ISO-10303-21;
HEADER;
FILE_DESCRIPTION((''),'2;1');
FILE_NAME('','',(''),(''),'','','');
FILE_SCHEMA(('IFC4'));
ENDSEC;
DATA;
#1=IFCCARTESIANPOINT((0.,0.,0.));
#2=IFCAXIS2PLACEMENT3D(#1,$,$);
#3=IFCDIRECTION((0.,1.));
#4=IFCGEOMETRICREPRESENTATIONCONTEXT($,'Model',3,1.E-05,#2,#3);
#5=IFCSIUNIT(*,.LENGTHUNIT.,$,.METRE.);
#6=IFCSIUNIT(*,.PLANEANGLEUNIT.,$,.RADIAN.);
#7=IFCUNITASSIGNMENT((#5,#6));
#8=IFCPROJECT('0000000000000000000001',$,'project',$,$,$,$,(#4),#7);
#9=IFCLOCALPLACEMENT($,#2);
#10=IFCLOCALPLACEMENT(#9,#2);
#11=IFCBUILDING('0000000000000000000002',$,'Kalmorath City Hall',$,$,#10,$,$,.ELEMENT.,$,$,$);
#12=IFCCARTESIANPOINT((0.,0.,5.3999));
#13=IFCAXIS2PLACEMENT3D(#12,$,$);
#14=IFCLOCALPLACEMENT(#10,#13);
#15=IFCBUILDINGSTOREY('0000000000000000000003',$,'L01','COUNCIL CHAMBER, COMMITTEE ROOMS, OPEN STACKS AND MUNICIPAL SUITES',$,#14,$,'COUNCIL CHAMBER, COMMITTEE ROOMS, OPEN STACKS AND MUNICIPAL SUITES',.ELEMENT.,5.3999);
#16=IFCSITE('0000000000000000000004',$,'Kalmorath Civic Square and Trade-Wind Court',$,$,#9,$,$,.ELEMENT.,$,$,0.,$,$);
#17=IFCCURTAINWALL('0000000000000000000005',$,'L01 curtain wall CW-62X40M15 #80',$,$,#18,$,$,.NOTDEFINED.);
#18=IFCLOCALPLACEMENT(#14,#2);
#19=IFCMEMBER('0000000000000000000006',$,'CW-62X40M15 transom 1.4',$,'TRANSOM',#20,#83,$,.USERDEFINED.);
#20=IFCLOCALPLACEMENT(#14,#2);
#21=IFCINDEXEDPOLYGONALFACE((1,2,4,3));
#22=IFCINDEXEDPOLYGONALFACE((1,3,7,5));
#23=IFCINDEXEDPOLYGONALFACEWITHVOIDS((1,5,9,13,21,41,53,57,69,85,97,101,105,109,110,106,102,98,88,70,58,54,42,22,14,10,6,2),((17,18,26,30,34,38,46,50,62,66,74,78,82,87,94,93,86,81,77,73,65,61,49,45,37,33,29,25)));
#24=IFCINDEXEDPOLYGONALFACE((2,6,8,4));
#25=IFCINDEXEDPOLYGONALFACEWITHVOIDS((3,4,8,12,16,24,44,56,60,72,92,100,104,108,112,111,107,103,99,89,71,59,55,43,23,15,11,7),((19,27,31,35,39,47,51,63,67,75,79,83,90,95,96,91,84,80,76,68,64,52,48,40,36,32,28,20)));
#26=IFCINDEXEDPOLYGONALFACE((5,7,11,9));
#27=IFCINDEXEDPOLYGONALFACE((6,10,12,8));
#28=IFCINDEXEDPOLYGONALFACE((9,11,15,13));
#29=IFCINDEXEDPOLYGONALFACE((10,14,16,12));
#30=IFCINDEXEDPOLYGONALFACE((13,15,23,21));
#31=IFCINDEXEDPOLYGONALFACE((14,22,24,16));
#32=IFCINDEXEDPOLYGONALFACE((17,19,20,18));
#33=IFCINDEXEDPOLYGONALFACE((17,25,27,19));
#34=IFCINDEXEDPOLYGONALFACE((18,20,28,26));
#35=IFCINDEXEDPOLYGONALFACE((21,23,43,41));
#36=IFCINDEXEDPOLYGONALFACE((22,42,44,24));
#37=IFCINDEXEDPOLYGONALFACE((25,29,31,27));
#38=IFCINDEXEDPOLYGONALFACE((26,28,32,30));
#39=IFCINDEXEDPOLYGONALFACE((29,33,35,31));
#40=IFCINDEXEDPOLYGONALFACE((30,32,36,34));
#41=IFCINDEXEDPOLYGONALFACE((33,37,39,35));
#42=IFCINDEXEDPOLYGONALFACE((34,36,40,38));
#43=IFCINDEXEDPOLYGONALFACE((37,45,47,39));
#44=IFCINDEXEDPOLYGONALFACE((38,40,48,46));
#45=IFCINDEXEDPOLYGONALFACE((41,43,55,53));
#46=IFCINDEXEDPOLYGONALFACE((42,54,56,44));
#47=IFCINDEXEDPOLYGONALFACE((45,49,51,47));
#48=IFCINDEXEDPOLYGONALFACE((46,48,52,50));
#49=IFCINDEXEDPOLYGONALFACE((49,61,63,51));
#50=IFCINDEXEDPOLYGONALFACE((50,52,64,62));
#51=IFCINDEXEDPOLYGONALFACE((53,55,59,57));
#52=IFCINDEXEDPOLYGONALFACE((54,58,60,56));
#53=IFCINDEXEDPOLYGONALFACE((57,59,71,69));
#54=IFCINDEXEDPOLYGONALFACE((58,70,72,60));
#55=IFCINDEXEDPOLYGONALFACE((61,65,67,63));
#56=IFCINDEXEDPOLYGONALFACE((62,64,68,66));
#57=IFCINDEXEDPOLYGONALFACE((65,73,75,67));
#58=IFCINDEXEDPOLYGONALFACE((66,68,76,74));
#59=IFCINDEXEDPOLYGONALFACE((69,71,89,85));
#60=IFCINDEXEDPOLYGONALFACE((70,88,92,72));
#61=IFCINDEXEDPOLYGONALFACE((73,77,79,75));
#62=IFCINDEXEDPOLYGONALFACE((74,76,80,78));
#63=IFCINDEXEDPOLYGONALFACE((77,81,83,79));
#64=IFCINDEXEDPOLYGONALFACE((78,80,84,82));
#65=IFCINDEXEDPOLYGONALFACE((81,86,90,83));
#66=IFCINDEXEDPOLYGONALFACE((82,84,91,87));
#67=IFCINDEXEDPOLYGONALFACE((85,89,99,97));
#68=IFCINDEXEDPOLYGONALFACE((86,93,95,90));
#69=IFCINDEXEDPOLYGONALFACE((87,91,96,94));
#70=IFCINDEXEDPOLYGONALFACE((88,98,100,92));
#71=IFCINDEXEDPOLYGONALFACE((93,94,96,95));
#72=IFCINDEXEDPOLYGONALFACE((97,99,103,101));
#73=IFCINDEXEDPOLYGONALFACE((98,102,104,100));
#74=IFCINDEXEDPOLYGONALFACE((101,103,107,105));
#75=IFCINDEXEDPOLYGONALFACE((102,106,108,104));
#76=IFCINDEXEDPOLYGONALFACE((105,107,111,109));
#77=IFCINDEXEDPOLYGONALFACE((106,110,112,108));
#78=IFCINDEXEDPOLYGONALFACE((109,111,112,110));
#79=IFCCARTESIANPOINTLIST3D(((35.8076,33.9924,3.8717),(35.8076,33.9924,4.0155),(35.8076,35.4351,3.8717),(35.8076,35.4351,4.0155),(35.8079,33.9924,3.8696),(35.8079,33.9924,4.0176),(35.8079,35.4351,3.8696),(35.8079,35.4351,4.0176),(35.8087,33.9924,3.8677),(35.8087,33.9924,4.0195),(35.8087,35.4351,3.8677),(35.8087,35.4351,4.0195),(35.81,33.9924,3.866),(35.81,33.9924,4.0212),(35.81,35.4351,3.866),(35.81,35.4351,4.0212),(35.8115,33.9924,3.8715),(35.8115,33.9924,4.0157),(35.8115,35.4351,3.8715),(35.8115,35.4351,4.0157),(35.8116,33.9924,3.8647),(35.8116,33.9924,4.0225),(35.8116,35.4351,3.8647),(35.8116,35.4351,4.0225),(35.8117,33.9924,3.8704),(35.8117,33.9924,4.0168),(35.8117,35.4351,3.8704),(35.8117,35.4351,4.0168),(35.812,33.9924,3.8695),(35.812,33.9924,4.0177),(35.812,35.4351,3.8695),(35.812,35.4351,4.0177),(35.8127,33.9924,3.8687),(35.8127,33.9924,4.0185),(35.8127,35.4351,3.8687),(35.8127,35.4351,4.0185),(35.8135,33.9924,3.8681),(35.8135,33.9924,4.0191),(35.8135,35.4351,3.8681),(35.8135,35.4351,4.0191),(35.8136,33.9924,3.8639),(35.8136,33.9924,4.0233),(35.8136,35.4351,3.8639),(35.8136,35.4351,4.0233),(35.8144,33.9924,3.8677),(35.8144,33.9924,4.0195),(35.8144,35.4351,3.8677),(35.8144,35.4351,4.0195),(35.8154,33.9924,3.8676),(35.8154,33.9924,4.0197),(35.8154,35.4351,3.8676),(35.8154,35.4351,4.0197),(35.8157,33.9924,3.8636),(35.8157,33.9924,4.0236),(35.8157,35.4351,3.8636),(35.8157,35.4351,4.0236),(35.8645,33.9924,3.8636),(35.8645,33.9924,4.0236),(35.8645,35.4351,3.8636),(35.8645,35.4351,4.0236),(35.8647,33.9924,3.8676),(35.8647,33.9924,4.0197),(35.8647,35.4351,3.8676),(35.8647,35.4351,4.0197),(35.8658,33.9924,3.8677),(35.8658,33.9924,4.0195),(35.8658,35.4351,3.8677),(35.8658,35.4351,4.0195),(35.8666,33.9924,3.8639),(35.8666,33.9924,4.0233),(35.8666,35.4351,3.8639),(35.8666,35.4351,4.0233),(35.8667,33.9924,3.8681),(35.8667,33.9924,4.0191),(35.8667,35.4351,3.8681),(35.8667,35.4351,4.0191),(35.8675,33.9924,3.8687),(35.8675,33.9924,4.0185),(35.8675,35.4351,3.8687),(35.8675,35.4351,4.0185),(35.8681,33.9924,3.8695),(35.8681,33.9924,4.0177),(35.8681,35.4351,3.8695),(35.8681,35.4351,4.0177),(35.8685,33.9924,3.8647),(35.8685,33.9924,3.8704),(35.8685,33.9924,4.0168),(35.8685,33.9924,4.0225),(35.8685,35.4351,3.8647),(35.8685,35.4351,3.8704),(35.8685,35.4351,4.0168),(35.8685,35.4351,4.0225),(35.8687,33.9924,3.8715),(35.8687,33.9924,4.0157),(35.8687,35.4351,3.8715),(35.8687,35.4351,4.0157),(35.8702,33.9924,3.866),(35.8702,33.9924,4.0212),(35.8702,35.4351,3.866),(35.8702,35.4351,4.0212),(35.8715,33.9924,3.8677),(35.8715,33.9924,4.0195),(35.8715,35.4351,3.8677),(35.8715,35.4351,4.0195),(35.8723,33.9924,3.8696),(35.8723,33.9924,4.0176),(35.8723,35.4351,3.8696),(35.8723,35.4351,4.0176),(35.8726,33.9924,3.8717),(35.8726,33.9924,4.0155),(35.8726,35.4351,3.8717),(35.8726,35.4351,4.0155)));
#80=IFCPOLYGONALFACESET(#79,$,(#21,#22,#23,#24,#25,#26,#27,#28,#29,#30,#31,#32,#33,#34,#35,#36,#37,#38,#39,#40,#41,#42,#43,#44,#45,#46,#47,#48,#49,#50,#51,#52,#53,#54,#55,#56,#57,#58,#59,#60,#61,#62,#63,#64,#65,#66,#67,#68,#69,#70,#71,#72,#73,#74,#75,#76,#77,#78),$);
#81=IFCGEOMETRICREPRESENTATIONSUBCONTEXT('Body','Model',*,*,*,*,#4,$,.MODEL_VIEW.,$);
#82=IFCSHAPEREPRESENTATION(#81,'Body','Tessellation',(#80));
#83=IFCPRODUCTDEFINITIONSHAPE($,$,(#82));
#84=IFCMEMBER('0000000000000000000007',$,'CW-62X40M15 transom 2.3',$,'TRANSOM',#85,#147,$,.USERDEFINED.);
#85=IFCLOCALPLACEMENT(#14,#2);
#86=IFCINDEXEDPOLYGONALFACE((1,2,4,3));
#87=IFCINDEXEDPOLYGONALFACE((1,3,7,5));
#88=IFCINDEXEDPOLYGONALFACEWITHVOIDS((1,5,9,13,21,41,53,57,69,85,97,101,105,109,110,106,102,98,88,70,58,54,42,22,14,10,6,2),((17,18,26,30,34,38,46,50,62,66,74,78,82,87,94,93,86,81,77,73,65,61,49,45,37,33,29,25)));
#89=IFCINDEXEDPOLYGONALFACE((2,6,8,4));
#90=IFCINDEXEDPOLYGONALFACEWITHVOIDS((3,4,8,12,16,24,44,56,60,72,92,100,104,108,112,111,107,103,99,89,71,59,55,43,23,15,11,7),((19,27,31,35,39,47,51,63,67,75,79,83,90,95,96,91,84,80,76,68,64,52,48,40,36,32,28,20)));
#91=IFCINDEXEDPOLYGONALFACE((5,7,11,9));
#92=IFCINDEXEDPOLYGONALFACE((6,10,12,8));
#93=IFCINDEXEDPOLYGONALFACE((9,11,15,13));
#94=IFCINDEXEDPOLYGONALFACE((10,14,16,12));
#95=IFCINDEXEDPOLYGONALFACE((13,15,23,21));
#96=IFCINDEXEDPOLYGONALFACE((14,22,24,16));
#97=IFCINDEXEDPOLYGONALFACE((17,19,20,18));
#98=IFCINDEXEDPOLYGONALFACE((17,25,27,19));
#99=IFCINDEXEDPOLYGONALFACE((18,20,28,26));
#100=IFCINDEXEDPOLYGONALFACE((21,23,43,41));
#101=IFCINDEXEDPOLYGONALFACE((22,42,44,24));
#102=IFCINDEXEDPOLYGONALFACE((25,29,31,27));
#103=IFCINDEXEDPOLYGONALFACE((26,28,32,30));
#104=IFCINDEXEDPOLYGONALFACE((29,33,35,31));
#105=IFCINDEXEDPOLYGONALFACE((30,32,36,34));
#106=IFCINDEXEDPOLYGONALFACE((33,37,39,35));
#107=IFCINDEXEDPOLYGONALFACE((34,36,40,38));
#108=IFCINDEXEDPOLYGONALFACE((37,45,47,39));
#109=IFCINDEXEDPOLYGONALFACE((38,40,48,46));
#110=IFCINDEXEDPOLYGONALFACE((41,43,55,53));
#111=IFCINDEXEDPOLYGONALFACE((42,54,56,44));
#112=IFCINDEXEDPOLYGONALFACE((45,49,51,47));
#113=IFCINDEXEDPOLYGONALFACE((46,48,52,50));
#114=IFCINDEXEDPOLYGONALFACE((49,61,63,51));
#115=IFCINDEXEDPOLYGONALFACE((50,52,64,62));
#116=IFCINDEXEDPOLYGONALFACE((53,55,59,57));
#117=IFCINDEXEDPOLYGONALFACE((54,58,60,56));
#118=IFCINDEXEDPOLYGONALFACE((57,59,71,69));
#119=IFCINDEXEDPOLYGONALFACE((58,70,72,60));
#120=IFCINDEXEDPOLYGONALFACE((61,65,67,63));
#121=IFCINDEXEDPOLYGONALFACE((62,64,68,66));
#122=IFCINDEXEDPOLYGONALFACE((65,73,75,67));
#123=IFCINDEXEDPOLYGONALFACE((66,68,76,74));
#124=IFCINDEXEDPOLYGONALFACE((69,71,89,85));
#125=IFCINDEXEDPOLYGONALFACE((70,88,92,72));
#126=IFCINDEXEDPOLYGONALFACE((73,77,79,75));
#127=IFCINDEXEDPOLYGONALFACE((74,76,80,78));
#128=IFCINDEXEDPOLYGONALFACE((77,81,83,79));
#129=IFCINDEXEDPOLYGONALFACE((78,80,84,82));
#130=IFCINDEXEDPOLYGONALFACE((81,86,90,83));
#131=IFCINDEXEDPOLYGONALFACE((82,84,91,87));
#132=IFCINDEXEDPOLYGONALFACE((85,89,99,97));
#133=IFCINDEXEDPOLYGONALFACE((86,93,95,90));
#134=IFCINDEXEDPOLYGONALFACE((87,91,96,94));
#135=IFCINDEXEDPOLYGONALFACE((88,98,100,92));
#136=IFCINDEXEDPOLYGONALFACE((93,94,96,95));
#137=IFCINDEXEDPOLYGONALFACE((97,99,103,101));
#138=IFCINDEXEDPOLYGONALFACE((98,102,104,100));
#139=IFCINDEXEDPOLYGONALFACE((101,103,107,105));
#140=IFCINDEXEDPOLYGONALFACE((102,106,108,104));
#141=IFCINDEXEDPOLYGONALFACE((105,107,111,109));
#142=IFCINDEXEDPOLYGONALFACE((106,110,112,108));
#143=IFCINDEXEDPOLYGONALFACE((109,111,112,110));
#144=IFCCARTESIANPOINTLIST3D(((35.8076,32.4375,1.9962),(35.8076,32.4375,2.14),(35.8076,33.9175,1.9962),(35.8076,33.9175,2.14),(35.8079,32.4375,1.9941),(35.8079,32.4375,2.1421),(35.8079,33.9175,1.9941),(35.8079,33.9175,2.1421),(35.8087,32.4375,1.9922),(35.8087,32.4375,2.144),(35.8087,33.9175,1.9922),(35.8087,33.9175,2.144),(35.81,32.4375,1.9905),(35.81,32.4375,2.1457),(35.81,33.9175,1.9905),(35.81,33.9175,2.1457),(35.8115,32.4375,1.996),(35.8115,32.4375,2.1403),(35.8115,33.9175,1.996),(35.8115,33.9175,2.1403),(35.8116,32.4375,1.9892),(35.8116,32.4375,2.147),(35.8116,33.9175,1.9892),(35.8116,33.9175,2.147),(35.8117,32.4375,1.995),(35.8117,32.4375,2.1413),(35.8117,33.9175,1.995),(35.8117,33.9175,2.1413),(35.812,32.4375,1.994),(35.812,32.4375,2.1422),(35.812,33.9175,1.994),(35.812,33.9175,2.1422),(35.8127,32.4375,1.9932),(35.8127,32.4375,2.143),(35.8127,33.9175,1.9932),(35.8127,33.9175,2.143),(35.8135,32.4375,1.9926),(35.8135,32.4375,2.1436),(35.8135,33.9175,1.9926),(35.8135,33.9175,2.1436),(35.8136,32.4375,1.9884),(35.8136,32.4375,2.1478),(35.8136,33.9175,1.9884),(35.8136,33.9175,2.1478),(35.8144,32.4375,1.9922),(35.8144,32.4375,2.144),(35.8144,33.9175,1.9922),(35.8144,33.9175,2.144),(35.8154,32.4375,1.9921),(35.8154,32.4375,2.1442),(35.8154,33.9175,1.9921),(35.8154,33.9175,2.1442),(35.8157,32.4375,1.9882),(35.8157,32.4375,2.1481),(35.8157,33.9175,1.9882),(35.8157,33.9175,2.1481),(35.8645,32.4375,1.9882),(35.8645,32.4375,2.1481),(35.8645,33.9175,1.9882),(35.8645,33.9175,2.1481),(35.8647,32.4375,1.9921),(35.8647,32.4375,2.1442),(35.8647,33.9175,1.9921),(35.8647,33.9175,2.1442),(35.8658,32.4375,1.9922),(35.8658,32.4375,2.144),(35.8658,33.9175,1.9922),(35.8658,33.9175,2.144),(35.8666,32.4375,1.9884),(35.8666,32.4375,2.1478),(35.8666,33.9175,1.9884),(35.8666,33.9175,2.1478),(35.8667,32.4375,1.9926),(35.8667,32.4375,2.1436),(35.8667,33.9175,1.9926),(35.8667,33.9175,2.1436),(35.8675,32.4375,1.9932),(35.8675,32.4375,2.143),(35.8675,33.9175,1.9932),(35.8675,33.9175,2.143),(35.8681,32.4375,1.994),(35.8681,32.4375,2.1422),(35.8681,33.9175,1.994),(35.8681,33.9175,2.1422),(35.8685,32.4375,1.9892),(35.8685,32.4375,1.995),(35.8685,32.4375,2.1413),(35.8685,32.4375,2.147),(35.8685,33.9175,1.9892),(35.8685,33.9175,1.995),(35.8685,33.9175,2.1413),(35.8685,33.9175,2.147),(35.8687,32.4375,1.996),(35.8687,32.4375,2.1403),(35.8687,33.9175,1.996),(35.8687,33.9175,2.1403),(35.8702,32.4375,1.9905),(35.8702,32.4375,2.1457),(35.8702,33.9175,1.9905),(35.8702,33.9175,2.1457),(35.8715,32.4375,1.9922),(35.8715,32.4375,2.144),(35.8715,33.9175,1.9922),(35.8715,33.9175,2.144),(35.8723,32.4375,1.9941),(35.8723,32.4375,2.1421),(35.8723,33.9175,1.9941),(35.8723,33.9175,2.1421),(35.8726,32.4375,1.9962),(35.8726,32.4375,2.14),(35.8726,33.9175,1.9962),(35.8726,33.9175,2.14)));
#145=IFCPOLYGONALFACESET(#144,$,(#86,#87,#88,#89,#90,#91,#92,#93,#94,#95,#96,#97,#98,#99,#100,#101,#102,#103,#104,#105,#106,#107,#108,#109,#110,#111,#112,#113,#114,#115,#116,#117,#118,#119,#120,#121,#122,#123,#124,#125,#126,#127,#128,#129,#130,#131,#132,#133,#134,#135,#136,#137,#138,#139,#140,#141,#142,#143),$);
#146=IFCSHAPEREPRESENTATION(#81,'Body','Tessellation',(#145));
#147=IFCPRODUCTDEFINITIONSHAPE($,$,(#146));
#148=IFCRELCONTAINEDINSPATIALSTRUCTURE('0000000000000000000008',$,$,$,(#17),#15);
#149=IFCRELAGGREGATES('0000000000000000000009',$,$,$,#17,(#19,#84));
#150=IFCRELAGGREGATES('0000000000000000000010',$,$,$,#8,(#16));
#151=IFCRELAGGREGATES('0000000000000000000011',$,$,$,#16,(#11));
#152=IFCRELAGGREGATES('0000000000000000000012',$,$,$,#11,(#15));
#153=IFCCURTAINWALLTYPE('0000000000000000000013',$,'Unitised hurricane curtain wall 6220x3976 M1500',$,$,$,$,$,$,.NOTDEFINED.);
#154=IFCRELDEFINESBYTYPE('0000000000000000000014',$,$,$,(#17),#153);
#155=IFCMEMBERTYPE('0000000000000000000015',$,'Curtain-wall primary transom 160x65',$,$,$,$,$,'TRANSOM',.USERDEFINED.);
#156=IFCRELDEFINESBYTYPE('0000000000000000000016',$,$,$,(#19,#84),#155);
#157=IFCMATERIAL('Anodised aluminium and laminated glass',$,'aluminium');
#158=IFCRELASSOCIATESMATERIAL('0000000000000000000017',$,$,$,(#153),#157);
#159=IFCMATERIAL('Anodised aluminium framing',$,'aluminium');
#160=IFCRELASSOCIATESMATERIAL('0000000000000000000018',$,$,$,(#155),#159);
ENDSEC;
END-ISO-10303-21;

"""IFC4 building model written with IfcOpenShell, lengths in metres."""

from ifc_helpers import new_model, si_unit, direction, frame, origin, origin_2d, place, context, subcontext, project, spatial, hollow_rectangle, extrude, material, material_profile, profile_set, type_object, element, aggregate, save


model = new_model("IFC4")

# Units and contexts
model_context = context("Model", 3, precision=1e-05, world=origin(), true_north=direction((0.0, 1.0)))
body_context = subcontext(model_context, "Body", "Model", "MODEL_VIEW")
ifc_project = project(units=[si_unit("LENGTHUNIT", "METRE"), si_unit("PLANEANGLEUNIT", "RADIAN")], contexts=[model_context])

# Site, building, storey
site_placement = place(None, origin())
site = spatial("IfcSite", under=ifc_project, at=site_placement, Name="Kalmorath Civic Square and Trade-Wind Court", CompositionType="ELEMENT", RefElevation=0.0)
building_placement = place(site_placement, origin())
building = spatial("IfcBuilding", under=site, at=building_placement, Name="Kalmorath City Hall", CompositionType="ELEMENT")
storey_placement = place(building_placement, frame((0.0, 0.0, 5.3999)))
storey = spatial("IfcBuildingStorey", under=building, at=storey_placement, Name="L01", Description="COUNCIL CHAMBER, COMMITTEE ROOMS, OPEN STACKS AND MUNICIPAL SUITES", LongName="COUNCIL CHAMBER, COMMITTEE ROOMS, OPEN STACKS AND MUNICIPAL SUITES", CompositionType="ELEMENT", Elevation=5.3999)

# Curtain wall
ifc_material_1 = material(Name="Anodised aluminium and laminated glass", Category="aluminium")
curtain_wall_type_1 = type_object("IfcCurtainWallType", Name="Unitised hurricane curtain wall 6220x3976 M1500", PredefinedType="NOTDEFINED", material=ifc_material_1)
curtain_wall_1_placement = place(storey_placement, origin())
curtain_wall_1 = element("IfcCurtainWall", 1, at=curtain_wall_1_placement, inside=storey, type_object=curtain_wall_type_1, Name="L01 curtain wall CW-62X40M15 #80", PredefinedType="NOTDEFINED")

# Members
ifc_material_2 = material(Name="Anodised aluminium framing", Category="aluminium")
ifc_material_profile_1 = material_profile(ifc_material_2, hollow_rectangle(XDim=0.0649, YDim=0.1599, WallThickness=0.0039, InnerFilletRadius=0.0039, OuterFilletRadius=0.0081, at=origin_2d()), Name="ALU-TRN-160X65X4")
ifc_profile_set_1 = profile_set([ifc_material_profile_1], Name="Anodised aluminium framing")
member_type_1 = type_object("IfcMemberType", Name="Curtain-wall primary transom 160x65", ElementType="TRANSOM", PredefinedType="USERDEFINED", material=ifc_profile_set_1)
member_1_placement = place(storey_placement, frame((35.8401, 35.4351, 3.9436), z_axis=(0.0, -1.0, 0.0), x_axis=(1.0, 0.0, 0.0)))
member_1 = element("IfcMember", 2, at=member_1_placement, type_object=member_type_1, Name="CW-62X40M15 transom 1.4", ObjectType="TRANSOM", PredefinedType="USERDEFINED", context=body_context, shape_type="SweptSolid", body=[
    extrude(hollow_rectangle(XDim=0.0649, YDim=0.1599, WallThickness=0.0039, InnerFilletRadius=0.0039, OuterFilletRadius=0.0081, at=origin_2d()), origin(), (0.0, 0.0, 1.0), 1.4426),
])
member_2_placement = place(storey_placement, frame((35.8401, 33.9175, 2.0681), z_axis=(0.0, -1.0, 0.0), x_axis=(1.0, 0.0, 0.0)))
member_2 = element("IfcMember", 3, at=member_2_placement, type_object=member_type_1, Name="CW-62X40M15 transom 2.3", ObjectType="TRANSOM", PredefinedType="USERDEFINED", context=body_context, shape_type="SweptSolid", body=[
    extrude(hollow_rectangle(XDim=0.0649, YDim=0.1599, WallThickness=0.0039, InnerFilletRadius=0.0039, OuterFilletRadius=0.0081, at=origin_2d()), origin(), (0.0, 0.0, 1.0), 1.48),
])

aggregate(curtain_wall_1, [member_1, member_2])

save(model, "model.ifc")
